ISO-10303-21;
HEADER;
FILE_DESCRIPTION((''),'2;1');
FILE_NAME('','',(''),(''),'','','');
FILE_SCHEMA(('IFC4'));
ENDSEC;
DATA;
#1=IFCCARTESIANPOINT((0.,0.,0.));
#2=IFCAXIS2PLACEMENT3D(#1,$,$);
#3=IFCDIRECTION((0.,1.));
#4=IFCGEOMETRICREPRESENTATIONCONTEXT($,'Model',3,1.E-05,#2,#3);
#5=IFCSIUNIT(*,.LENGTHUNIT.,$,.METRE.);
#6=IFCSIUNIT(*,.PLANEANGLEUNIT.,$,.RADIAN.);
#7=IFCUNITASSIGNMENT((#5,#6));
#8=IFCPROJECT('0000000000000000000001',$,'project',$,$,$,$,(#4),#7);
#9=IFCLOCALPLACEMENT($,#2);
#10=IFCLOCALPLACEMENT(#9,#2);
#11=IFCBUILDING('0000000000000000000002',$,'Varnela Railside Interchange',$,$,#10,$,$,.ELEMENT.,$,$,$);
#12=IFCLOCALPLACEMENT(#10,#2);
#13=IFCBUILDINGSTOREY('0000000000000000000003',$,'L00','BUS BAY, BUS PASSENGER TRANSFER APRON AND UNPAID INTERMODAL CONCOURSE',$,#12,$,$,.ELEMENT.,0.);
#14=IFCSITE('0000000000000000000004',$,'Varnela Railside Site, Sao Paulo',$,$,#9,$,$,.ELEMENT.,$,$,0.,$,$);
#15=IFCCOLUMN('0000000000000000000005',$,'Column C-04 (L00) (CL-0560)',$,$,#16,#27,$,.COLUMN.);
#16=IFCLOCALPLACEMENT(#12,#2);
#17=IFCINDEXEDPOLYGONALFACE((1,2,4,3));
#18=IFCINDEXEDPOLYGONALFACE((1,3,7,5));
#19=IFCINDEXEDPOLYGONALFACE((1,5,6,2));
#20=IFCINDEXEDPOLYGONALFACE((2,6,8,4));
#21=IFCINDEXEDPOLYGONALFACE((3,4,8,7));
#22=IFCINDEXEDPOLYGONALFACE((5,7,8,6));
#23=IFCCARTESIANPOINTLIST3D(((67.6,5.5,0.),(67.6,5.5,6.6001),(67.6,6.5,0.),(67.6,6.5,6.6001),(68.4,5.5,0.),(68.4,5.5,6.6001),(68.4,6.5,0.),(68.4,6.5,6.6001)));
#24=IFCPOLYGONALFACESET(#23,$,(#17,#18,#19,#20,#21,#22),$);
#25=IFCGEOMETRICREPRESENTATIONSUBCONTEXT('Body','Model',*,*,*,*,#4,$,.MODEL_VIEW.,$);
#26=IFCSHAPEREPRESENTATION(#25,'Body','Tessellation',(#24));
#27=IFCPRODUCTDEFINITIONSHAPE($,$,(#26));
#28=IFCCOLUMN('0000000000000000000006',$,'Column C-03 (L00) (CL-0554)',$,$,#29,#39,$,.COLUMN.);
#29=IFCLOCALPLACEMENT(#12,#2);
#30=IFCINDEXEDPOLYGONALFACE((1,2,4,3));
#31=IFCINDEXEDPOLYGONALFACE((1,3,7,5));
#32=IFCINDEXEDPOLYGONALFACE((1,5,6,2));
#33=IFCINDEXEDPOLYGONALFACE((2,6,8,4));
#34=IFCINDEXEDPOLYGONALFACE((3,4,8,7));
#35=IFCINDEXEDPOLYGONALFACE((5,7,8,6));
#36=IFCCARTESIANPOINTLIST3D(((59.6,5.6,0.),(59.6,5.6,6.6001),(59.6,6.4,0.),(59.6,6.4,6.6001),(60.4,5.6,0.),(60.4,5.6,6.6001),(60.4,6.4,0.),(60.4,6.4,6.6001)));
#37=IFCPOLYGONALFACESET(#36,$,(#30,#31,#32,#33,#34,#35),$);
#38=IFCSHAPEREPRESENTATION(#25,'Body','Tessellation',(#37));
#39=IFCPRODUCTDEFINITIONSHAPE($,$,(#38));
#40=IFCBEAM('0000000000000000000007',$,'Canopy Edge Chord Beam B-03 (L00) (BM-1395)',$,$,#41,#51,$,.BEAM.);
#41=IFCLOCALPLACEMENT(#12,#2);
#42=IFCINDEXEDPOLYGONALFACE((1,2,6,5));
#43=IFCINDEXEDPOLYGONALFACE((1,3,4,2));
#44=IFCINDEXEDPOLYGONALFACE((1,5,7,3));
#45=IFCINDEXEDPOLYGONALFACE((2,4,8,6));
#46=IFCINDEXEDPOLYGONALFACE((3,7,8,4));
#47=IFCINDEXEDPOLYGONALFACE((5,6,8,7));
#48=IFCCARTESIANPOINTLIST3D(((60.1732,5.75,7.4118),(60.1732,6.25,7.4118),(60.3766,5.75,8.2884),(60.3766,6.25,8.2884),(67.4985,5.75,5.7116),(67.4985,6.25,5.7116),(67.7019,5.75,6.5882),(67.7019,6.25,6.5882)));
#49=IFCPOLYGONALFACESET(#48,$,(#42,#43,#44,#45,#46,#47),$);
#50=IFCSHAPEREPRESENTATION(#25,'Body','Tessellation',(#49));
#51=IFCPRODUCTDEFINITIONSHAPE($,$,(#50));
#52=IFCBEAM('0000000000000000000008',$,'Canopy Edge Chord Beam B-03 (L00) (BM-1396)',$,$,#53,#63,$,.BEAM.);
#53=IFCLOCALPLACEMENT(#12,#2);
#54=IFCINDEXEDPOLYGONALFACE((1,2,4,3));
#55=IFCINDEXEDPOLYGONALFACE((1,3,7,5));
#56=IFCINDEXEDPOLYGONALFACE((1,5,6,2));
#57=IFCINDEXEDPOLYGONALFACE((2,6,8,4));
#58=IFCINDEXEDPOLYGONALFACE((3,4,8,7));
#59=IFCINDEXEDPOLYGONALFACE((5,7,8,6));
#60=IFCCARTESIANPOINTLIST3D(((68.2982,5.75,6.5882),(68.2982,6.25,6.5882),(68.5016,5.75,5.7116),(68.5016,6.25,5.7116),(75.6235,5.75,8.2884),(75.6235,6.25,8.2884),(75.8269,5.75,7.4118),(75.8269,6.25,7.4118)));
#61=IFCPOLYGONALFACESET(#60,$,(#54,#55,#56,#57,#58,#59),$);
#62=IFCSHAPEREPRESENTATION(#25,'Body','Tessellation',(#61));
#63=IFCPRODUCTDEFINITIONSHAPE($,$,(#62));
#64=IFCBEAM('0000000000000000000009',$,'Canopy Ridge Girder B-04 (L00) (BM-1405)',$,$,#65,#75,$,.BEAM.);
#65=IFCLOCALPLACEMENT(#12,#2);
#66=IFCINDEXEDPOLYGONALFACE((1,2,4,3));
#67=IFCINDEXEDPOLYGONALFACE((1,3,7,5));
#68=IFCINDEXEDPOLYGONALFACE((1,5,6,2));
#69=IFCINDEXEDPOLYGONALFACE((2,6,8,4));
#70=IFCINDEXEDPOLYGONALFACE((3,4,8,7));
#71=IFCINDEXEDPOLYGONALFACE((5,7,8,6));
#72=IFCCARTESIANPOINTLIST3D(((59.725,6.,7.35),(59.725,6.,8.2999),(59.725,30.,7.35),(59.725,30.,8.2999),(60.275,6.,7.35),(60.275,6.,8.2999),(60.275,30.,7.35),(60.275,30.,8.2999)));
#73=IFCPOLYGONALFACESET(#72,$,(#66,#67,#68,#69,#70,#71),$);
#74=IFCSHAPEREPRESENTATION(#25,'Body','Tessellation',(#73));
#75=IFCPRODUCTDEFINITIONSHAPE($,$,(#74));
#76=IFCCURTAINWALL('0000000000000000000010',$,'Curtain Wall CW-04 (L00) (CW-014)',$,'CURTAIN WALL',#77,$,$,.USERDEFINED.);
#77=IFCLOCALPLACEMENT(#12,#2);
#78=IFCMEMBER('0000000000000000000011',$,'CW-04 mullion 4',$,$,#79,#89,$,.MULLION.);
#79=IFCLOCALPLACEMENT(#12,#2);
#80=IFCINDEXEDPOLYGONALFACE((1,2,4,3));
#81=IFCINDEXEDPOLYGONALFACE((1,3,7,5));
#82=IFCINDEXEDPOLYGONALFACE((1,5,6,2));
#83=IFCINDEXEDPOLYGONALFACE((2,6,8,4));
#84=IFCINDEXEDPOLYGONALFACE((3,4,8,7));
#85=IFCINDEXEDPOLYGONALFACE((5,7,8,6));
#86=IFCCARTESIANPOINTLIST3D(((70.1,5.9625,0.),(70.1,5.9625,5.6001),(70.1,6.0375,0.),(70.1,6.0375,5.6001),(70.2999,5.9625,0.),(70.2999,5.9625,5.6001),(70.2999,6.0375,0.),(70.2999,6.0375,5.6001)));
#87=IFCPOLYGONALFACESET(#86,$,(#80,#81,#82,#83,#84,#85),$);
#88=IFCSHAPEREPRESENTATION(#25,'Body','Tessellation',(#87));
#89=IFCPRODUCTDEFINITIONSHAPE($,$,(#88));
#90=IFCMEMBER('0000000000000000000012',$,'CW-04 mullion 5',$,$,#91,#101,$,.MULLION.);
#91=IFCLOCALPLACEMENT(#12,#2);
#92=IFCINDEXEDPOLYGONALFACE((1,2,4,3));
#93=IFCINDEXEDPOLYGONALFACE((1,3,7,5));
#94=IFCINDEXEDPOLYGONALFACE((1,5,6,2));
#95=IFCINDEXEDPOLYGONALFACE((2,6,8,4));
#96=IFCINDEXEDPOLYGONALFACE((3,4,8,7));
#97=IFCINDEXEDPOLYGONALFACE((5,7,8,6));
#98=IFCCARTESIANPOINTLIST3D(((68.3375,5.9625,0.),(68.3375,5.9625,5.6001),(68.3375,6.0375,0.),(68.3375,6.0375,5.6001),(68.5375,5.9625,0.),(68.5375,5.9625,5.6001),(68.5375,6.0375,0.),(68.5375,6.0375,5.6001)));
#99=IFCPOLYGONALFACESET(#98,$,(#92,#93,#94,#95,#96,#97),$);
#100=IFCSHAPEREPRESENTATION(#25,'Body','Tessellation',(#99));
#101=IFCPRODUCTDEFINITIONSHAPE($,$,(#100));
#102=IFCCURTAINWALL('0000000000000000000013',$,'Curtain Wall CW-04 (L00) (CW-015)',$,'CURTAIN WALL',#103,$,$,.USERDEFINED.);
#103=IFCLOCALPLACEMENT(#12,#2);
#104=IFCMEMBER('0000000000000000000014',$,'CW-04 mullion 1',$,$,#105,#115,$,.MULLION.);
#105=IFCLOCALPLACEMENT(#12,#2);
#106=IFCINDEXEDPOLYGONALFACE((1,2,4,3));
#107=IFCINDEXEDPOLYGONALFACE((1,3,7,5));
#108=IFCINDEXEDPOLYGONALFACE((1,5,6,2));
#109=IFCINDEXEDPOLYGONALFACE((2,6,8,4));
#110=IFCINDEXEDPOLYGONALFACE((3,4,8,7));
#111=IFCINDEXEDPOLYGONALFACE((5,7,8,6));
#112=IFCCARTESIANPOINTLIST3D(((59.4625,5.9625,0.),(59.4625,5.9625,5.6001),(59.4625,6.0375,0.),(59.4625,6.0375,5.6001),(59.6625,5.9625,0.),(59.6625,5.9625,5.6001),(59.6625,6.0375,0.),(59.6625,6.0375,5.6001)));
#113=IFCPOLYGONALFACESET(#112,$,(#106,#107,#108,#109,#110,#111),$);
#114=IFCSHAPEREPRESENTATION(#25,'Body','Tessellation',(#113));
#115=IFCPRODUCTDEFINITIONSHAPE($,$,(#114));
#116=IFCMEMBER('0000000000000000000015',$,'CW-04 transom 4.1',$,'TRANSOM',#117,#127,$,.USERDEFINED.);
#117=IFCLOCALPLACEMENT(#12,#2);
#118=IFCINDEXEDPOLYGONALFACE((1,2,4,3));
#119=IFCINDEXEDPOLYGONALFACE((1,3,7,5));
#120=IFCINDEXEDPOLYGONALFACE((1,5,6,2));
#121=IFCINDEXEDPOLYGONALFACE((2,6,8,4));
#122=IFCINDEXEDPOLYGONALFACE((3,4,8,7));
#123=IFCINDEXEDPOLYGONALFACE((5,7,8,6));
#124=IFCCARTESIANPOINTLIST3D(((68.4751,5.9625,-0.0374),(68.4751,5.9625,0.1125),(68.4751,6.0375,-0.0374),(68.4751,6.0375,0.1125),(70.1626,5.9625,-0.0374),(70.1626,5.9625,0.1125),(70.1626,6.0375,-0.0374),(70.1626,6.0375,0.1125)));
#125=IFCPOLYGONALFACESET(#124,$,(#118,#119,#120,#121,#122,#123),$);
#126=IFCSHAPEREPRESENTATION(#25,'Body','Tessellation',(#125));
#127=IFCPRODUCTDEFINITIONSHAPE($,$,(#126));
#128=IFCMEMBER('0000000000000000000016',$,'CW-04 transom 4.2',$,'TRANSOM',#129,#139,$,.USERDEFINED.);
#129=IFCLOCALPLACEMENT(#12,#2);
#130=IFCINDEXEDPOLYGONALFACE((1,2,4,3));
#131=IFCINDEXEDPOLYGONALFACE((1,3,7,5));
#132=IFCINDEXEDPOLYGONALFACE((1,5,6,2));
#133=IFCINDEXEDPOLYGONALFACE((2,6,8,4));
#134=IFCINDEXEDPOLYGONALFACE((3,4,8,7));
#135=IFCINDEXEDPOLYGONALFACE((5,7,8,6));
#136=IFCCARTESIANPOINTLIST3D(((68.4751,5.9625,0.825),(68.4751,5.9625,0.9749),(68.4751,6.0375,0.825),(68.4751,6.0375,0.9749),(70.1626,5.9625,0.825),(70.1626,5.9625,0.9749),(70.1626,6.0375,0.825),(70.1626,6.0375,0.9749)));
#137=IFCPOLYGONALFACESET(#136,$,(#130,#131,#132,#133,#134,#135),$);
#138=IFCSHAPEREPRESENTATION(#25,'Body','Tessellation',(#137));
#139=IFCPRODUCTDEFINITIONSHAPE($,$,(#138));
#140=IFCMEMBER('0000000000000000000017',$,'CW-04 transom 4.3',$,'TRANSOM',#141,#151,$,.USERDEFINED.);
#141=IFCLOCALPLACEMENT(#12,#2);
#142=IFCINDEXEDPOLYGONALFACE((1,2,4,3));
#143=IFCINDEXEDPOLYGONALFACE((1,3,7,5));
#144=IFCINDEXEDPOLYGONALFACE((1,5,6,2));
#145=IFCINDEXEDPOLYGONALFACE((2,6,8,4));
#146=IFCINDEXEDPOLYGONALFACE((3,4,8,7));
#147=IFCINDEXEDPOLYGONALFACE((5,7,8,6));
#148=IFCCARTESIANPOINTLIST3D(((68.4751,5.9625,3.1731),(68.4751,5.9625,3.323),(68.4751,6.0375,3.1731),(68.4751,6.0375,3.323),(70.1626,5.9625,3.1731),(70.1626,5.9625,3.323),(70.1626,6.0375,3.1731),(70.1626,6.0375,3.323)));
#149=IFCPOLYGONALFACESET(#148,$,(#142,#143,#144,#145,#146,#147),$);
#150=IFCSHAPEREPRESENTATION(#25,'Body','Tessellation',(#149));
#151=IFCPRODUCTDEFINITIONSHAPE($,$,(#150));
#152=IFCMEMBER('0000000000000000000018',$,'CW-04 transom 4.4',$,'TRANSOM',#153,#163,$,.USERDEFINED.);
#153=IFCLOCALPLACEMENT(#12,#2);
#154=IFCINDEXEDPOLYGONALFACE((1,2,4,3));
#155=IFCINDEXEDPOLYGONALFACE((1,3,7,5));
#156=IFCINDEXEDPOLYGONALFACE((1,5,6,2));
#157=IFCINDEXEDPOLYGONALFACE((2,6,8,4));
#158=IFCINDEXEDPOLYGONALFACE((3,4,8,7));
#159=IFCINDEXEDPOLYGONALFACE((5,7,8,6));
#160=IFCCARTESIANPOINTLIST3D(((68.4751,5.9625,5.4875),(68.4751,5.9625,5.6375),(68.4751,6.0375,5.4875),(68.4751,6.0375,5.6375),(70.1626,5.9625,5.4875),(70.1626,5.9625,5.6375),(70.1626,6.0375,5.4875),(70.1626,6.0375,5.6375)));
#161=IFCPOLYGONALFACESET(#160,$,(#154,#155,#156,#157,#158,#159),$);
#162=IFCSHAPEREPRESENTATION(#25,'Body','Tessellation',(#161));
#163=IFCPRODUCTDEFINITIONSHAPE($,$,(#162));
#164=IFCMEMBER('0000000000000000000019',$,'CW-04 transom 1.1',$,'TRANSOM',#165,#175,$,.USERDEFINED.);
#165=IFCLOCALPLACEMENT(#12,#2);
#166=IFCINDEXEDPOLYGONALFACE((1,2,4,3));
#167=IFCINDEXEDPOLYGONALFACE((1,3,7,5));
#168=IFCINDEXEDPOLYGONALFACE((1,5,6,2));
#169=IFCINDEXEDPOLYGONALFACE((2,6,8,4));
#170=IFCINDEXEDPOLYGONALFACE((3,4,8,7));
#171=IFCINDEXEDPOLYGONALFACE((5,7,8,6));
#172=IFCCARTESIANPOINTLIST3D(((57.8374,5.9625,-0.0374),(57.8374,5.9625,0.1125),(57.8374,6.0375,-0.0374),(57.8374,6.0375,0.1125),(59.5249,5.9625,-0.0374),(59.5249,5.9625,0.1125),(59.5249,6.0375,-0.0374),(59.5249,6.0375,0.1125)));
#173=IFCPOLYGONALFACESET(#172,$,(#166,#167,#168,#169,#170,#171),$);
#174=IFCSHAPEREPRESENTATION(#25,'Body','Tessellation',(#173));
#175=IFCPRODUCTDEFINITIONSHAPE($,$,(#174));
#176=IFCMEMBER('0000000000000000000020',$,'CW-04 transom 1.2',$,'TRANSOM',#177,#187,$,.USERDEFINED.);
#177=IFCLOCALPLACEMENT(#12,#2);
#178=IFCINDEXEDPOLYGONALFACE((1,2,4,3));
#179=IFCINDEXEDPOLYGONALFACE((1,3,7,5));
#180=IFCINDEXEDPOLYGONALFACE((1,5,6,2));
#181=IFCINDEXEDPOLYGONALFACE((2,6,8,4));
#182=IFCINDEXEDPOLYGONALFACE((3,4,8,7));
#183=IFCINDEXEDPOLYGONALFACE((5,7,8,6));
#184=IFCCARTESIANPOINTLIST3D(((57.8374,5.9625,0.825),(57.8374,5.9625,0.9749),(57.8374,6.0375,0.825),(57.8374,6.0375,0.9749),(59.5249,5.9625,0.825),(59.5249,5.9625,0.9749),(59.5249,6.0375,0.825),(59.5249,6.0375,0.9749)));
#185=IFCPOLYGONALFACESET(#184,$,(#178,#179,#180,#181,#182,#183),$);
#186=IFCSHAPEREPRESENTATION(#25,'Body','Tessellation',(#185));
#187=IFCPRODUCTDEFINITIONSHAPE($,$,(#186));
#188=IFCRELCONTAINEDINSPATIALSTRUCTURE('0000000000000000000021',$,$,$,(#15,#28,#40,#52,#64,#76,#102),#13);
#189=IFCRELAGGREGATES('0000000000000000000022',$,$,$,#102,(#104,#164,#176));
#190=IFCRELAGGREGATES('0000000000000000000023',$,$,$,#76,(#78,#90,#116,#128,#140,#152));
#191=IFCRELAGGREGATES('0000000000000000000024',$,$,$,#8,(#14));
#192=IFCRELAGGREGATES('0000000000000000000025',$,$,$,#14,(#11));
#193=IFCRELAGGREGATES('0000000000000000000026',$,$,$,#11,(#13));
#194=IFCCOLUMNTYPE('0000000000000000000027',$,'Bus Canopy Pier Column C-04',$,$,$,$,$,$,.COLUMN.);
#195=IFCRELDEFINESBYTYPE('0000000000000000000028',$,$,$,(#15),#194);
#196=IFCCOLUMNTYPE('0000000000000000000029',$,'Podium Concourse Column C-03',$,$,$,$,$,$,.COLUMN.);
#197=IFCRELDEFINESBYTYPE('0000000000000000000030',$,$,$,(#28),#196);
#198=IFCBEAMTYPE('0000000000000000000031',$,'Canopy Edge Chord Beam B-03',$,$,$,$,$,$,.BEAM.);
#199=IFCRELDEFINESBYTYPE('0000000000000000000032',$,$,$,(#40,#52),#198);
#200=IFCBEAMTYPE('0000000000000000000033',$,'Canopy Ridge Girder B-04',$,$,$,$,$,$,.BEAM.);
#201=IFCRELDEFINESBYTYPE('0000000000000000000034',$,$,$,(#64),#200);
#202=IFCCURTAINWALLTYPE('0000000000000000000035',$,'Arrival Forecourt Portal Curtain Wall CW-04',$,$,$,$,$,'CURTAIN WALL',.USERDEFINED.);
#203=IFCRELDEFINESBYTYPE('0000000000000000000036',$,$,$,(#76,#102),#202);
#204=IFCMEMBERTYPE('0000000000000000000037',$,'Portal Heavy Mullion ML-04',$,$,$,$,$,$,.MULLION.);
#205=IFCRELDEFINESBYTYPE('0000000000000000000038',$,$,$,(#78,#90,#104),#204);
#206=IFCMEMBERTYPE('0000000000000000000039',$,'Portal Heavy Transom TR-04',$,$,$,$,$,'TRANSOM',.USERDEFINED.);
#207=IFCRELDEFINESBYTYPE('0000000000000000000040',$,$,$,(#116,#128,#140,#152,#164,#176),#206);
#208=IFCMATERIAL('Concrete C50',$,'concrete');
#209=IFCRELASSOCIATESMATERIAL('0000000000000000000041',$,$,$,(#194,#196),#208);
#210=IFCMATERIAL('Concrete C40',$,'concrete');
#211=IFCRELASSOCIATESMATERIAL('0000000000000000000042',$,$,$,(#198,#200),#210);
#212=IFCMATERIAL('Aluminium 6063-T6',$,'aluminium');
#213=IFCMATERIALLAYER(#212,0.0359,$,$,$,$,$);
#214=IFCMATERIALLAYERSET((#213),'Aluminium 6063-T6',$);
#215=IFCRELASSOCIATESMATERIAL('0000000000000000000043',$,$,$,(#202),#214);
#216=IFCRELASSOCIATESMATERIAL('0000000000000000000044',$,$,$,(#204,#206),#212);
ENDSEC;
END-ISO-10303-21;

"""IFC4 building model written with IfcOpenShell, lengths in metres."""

from ifc_helpers import new_model, si_unit, direction, frame, origin, origin_2d, place, context, subcontext, project, spatial, rectangle, extrude, material, layer, layer_set, material_profile, profile_set, type_object, element, aggregate, save


model = new_model("IFC4")

# Units and contexts
model_context = context("Model", 3, precision=1e-05, world=origin(), true_north=direction((0.0, 1.0)))
body_context = subcontext(model_context, "Body", "Model", "MODEL_VIEW")
ifc_project = project(units=[si_unit("LENGTHUNIT", "METRE"), si_unit("PLANEANGLEUNIT", "RADIAN")], contexts=[model_context])

# Site, building, storey
site_placement = place(None, origin())
site = spatial("IfcSite", under=ifc_project, at=site_placement, Name="Varnela Railside Site, Sao Paulo", CompositionType="ELEMENT", RefElevation=0.0)
building_placement = place(site_placement, origin())
building = spatial("IfcBuilding", under=site, at=building_placement, Name="Varnela Railside Interchange", CompositionType="ELEMENT")
storey_placement = place(building_placement, origin())
storey = spatial("IfcBuildingStorey", under=building, at=storey_placement, Name="L00", Description="BUS BAY, BUS PASSENGER TRANSFER APRON AND UNPAID INTERMODAL CONCOURSE", CompositionType="ELEMENT", Elevation=0.0)

# Columns
ifc_material_1 = material(Name="Concrete C50", Category="concrete")
ifc_material_profile_1 = material_profile(ifc_material_1, rectangle(XDim=0.8, YDim=1.0, at=origin_2d()), Name="RC 800x1000")
ifc_profile_set_1 = profile_set([ifc_material_profile_1], Name="Concrete C50")
column_type_1 = type_object("IfcColumnType", Name="Bus Canopy Pier Column C-04", PredefinedType="COLUMN", material=ifc_profile_set_1)
column_1_placement = place(storey_placement, frame((68.0, 6.0, 0.0), z_axis=(0.0, 0.0, 1.0), x_axis=(1.0, 0.0, 0.0)))
element("IfcColumn", 1, at=column_1_placement, inside=storey, type_object=column_type_1, Name="Column C-04 (L00) (CL-0560)", PredefinedType="COLUMN", context=body_context, shape_type="SweptSolid", body=[
    extrude(rectangle(XDim=0.8, YDim=1.0, at=origin_2d()), origin(), (0.0, 0.0, 1.0), 6.6001),
])
ifc_material_profile_2 = material_profile(ifc_material_1, rectangle(XDim=0.8, YDim=0.8, at=origin_2d()), Name="RC 800x800")
ifc_profile_set_2 = profile_set([ifc_material_profile_2], Name="Concrete C50")
column_type_2 = type_object("IfcColumnType", Name="Podium Concourse Column C-03", PredefinedType="COLUMN", material=ifc_profile_set_2)
column_2_placement = place(storey_placement, frame((60.0, 6.0, 0.0), z_axis=(0.0, 0.0, 1.0), x_axis=(1.0, 0.0, 0.0)))
element("IfcColumn", 2, at=column_2_placement, inside=storey, type_object=column_type_2, Name="Column C-03 (L00) (CL-0554)", PredefinedType="COLUMN", context=body_context, shape_type="SweptSolid", body=[
    extrude(rectangle(XDim=0.8, YDim=0.8, at=origin_2d()), origin(), (0.0, 0.0, 1.0), 6.6001),
])

# Beams
ifc_material_2 = material(Name="Concrete C40", Category="concrete")
ifc_material_profile_3 = material_profile(ifc_material_2, rectangle(XDim=0.5, YDim=0.8999, at=origin_2d()), Name="RC 500x900")
ifc_profile_set_3 = profile_set([ifc_material_profile_3], Name="Concrete C40")
beam_type_1 = type_object("IfcBeamType", Name="Canopy Edge Chord Beam B-03", PredefinedType="BEAM", material=ifc_profile_set_3)
for number, where, z_axis, x_axis, name in (
    (3, (60.2749, 6.0, 7.8501), (0.974106, 0.0, -0.226092), (0.0, 1.0, 0.0), "Canopy Edge Chord Beam B-03 (L00) (BM-1395)"),
    (4, (68.3999, 6.0, 6.1499), (0.974106, 0.0, 0.226092), (0.0, 1.0, 0.0), "Canopy Edge Chord Beam B-03 (L00) (BM-1396)"),
):
    element("IfcBeam", number, at=place(storey_placement, frame(where, z_axis=z_axis, x_axis=x_axis)), inside=storey, type_object=beam_type_1, Name=name, PredefinedType="BEAM", context=body_context, shape_type="SweptSolid", body=[
        extrude(rectangle(XDim=0.5, YDim=0.8999, at=origin_2d()), origin(), (0.0, 0.0, 1.0), 7.52),
    ])
ifc_material_profile_4 = material_profile(ifc_material_2, rectangle(XDim=0.55, YDim=0.95, at=origin_2d()), Name="RC 550x950")
ifc_profile_set_4 = profile_set([ifc_material_profile_4], Name="Concrete C40")
beam_type_2 = type_object("IfcBeamType", Name="Canopy Ridge Girder B-04", PredefinedType="BEAM", material=ifc_profile_set_4)
beam_placement = place(storey_placement, frame((60.0, 6.0, 7.825), z_axis=(0.0, 1.0, 0.0), x_axis=(-1.0, 0.0, 0.0)))
element("IfcBeam", 5, at=beam_placement, inside=storey, type_object=beam_type_2, Name="Canopy Ridge Girder B-04 (L00) (BM-1405)", PredefinedType="BEAM", context=body_context, shape_type="SweptSolid", body=[
    extrude(rectangle(XDim=0.55, YDim=0.95, at=origin_2d()), origin(), (0.0, 0.0, 1.0), 24.0),
])

# Curtain wall, members
ifc_material_3 = material(Name="Aluminium 6063-T6", Category="aluminium")
ifc_layer_1 = layer(ifc_material_3, 0.0359)
ifc_layer_set_1 = layer_set([ifc_layer_1], Name="Aluminium 6063-T6")
curtain_wall_type = type_object("IfcCurtainWallType", Name="Arrival Forecourt Portal Curtain Wall CW-04", ElementType="CURTAIN WALL", PredefinedType="USERDEFINED", material=ifc_layer_set_1)
curtain_wall_1_placement = place(storey_placement, origin())
curtain_wall_1 = element("IfcCurtainWall", 6, at=curtain_wall_1_placement, inside=storey, type_object=curtain_wall_type, Name="Curtain Wall CW-04 (L00) (CW-014)", ObjectType="CURTAIN WALL", PredefinedType="USERDEFINED")
ifc_material_profile_5 = material_profile(ifc_material_3, rectangle(XDim=0.075, YDim=0.2, at=origin_2d()), Name="ALU 75x200")
ifc_profile_set_5 = profile_set([ifc_material_profile_5], Name="Aluminium 6063-T6")
member_type_1 = type_object("IfcMemberType", Name="Portal Heavy Mullion ML-04", PredefinedType="MULLION", material=ifc_profile_set_5)
member_1_placement = place(storey_placement, frame((70.2, 6.0, 0.0), z_axis=(0.0, 0.0, 1.0), x_axis=(0.0, -1.0, 0.0)))
member_1 = element("IfcMember", 7, at=member_1_placement, type_object=member_type_1, Name="CW-04 mullion 4", PredefinedType="MULLION", context=body_context, shape_type="SweptSolid", body=[
    extrude(rectangle(XDim=0.075, YDim=0.2, at=origin_2d()), origin(), (0.0, 0.0, 1.0), 5.6001),
])
member_2_placement = place(storey_placement, frame((68.4375, 6.0, 0.0), z_axis=(0.0, 0.0, 1.0), x_axis=(0.0, -1.0, 0.0)))
member_2 = element("IfcMember", 8, at=member_2_placement, type_object=member_type_1, Name="CW-04 mullion 5", PredefinedType="MULLION", context=body_context, shape_type="SweptSolid", body=[
    extrude(rectangle(XDim=0.075, YDim=0.2, at=origin_2d()), origin(), (0.0, 0.0, 1.0), 5.6001),
])

# Curtain wall, member
curtain_wall_2_placement = place(storey_placement, origin())
curtain_wall_2 = element("IfcCurtainWall", 9, at=curtain_wall_2_placement, inside=storey, type_object=curtain_wall_type, Name="Curtain Wall CW-04 (L00) (CW-015)", ObjectType="CURTAIN WALL", PredefinedType="USERDEFINED")
member_3_placement = place(storey_placement, frame((59.5625, 6.0, 0.0), z_axis=(0.0, 0.0, 1.0), x_axis=(0.0, -1.0, 0.0)))
member_3 = element("IfcMember", 10, at=member_3_placement, type_object=member_type_1, Name="CW-04 mullion 1", PredefinedType="MULLION", context=body_context, shape_type="SweptSolid", body=[
    extrude(rectangle(XDim=0.075, YDim=0.2, at=origin_2d()), origin(), (0.0, 0.0, 1.0), 5.6001),
])

# Members
ifc_material_profile_6 = material_profile(ifc_material_3, rectangle(XDim=0.075, YDim=0.1499, at=origin_2d()), Name="ALU 75x150")
ifc_profile_set_6 = profile_set([ifc_material_profile_6], Name="Aluminium 6063-T6")
member_type_2 = type_object("IfcMemberType", Name="Portal Heavy Transom TR-04", ElementType="TRANSOM", PredefinedType="USERDEFINED", material=ifc_profile_set_6)
member_4_placement = place(storey_placement, frame((70.1626, 6.0, 0.0376), z_axis=(-1.0, 0.0, 0.0), x_axis=(0.0, -1.0, 0.0)))
member_4 = element("IfcMember", 11, at=member_4_placement, type_object=member_type_2, Name="CW-04 transom 4.1", ObjectType="TRANSOM", PredefinedType="USERDEFINED", context=body_context, shape_type="SweptSolid", body=[
    extrude(rectangle(XDim=0.075, YDim=0.1499, at=origin_2d()), origin(), (0.0, 0.0, 1.0), 1.6875),
])
member_5_placement = place(storey_placement, frame((70.1626, 6.0, 0.8999), z_axis=(-1.0, 0.0, 0.0), x_axis=(0.0, -1.0, 0.0)))
member_5 = element("IfcMember", 12, at=member_5_placement, type_object=member_type_2, Name="CW-04 transom 4.2", ObjectType="TRANSOM", PredefinedType="USERDEFINED", context=body_context, shape_type="SweptSolid", body=[
    extrude(rectangle(XDim=0.075, YDim=0.1499, at=origin_2d()), origin(), (0.0, 0.0, 1.0), 1.6875),
])
member_6_placement = place(storey_placement, frame((70.1626, 6.0, 3.248), z_axis=(-1.0, 0.0, 0.0), x_axis=(0.0, -1.0, 0.0)))
member_6 = element("IfcMember", 13, at=member_6_placement, type_object=member_type_2, Name="CW-04 transom 4.3", ObjectType="TRANSOM", PredefinedType="USERDEFINED", context=body_context, shape_type="SweptSolid", body=[
    extrude(rectangle(XDim=0.075, YDim=0.1499, at=origin_2d()), origin(), (0.0, 0.0, 1.0), 1.6875),
])
member_7_placement = place(storey_placement, frame((70.1626, 6.0, 5.5625), z_axis=(-1.0, 0.0, 0.0), x_axis=(0.0, -1.0, 0.0)))
member_7 = element("IfcMember", 14, at=member_7_placement, type_object=member_type_2, Name="CW-04 transom 4.4", ObjectType="TRANSOM", PredefinedType="USERDEFINED", context=body_context, shape_type="SweptSolid", body=[
    extrude(rectangle(XDim=0.075, YDim=0.1499, at=origin_2d()), origin(), (0.0, 0.0, 1.0), 1.6875),
])
member_8_placement = place(storey_placement, frame((59.5249, 6.0, 0.0376), z_axis=(-1.0, 0.0, 0.0), x_axis=(0.0, -1.0, 0.0)))
member_8 = element("IfcMember", 15, at=member_8_placement, type_object=member_type_2, Name="CW-04 transom 1.1", ObjectType="TRANSOM", PredefinedType="USERDEFINED", context=body_context, shape_type="SweptSolid", body=[
    extrude(rectangle(XDim=0.075, YDim=0.1499, at=origin_2d()), origin(), (0.0, 0.0, 1.0), 1.6875),
])
member_9_placement = place(storey_placement, frame((59.5249, 6.0, 0.8999), z_axis=(-1.0, 0.0, 0.0), x_axis=(0.0, -1.0, 0.0)))
member_9 = element("IfcMember", 16, at=member_9_placement, type_object=member_type_2, Name="CW-04 transom 1.2", ObjectType="TRANSOM", PredefinedType="USERDEFINED", context=body_context, shape_type="SweptSolid", body=[
    extrude(rectangle(XDim=0.075, YDim=0.1499, at=origin_2d()), origin(), (0.0, 0.0, 1.0), 1.6875),
])
aggregate(curtain_wall_2, [member_3, member_8, member_9])

aggregate(curtain_wall_1, [member_1, member_2, member_4, member_5, member_6, member_7])

save(model, "model.ifc")
